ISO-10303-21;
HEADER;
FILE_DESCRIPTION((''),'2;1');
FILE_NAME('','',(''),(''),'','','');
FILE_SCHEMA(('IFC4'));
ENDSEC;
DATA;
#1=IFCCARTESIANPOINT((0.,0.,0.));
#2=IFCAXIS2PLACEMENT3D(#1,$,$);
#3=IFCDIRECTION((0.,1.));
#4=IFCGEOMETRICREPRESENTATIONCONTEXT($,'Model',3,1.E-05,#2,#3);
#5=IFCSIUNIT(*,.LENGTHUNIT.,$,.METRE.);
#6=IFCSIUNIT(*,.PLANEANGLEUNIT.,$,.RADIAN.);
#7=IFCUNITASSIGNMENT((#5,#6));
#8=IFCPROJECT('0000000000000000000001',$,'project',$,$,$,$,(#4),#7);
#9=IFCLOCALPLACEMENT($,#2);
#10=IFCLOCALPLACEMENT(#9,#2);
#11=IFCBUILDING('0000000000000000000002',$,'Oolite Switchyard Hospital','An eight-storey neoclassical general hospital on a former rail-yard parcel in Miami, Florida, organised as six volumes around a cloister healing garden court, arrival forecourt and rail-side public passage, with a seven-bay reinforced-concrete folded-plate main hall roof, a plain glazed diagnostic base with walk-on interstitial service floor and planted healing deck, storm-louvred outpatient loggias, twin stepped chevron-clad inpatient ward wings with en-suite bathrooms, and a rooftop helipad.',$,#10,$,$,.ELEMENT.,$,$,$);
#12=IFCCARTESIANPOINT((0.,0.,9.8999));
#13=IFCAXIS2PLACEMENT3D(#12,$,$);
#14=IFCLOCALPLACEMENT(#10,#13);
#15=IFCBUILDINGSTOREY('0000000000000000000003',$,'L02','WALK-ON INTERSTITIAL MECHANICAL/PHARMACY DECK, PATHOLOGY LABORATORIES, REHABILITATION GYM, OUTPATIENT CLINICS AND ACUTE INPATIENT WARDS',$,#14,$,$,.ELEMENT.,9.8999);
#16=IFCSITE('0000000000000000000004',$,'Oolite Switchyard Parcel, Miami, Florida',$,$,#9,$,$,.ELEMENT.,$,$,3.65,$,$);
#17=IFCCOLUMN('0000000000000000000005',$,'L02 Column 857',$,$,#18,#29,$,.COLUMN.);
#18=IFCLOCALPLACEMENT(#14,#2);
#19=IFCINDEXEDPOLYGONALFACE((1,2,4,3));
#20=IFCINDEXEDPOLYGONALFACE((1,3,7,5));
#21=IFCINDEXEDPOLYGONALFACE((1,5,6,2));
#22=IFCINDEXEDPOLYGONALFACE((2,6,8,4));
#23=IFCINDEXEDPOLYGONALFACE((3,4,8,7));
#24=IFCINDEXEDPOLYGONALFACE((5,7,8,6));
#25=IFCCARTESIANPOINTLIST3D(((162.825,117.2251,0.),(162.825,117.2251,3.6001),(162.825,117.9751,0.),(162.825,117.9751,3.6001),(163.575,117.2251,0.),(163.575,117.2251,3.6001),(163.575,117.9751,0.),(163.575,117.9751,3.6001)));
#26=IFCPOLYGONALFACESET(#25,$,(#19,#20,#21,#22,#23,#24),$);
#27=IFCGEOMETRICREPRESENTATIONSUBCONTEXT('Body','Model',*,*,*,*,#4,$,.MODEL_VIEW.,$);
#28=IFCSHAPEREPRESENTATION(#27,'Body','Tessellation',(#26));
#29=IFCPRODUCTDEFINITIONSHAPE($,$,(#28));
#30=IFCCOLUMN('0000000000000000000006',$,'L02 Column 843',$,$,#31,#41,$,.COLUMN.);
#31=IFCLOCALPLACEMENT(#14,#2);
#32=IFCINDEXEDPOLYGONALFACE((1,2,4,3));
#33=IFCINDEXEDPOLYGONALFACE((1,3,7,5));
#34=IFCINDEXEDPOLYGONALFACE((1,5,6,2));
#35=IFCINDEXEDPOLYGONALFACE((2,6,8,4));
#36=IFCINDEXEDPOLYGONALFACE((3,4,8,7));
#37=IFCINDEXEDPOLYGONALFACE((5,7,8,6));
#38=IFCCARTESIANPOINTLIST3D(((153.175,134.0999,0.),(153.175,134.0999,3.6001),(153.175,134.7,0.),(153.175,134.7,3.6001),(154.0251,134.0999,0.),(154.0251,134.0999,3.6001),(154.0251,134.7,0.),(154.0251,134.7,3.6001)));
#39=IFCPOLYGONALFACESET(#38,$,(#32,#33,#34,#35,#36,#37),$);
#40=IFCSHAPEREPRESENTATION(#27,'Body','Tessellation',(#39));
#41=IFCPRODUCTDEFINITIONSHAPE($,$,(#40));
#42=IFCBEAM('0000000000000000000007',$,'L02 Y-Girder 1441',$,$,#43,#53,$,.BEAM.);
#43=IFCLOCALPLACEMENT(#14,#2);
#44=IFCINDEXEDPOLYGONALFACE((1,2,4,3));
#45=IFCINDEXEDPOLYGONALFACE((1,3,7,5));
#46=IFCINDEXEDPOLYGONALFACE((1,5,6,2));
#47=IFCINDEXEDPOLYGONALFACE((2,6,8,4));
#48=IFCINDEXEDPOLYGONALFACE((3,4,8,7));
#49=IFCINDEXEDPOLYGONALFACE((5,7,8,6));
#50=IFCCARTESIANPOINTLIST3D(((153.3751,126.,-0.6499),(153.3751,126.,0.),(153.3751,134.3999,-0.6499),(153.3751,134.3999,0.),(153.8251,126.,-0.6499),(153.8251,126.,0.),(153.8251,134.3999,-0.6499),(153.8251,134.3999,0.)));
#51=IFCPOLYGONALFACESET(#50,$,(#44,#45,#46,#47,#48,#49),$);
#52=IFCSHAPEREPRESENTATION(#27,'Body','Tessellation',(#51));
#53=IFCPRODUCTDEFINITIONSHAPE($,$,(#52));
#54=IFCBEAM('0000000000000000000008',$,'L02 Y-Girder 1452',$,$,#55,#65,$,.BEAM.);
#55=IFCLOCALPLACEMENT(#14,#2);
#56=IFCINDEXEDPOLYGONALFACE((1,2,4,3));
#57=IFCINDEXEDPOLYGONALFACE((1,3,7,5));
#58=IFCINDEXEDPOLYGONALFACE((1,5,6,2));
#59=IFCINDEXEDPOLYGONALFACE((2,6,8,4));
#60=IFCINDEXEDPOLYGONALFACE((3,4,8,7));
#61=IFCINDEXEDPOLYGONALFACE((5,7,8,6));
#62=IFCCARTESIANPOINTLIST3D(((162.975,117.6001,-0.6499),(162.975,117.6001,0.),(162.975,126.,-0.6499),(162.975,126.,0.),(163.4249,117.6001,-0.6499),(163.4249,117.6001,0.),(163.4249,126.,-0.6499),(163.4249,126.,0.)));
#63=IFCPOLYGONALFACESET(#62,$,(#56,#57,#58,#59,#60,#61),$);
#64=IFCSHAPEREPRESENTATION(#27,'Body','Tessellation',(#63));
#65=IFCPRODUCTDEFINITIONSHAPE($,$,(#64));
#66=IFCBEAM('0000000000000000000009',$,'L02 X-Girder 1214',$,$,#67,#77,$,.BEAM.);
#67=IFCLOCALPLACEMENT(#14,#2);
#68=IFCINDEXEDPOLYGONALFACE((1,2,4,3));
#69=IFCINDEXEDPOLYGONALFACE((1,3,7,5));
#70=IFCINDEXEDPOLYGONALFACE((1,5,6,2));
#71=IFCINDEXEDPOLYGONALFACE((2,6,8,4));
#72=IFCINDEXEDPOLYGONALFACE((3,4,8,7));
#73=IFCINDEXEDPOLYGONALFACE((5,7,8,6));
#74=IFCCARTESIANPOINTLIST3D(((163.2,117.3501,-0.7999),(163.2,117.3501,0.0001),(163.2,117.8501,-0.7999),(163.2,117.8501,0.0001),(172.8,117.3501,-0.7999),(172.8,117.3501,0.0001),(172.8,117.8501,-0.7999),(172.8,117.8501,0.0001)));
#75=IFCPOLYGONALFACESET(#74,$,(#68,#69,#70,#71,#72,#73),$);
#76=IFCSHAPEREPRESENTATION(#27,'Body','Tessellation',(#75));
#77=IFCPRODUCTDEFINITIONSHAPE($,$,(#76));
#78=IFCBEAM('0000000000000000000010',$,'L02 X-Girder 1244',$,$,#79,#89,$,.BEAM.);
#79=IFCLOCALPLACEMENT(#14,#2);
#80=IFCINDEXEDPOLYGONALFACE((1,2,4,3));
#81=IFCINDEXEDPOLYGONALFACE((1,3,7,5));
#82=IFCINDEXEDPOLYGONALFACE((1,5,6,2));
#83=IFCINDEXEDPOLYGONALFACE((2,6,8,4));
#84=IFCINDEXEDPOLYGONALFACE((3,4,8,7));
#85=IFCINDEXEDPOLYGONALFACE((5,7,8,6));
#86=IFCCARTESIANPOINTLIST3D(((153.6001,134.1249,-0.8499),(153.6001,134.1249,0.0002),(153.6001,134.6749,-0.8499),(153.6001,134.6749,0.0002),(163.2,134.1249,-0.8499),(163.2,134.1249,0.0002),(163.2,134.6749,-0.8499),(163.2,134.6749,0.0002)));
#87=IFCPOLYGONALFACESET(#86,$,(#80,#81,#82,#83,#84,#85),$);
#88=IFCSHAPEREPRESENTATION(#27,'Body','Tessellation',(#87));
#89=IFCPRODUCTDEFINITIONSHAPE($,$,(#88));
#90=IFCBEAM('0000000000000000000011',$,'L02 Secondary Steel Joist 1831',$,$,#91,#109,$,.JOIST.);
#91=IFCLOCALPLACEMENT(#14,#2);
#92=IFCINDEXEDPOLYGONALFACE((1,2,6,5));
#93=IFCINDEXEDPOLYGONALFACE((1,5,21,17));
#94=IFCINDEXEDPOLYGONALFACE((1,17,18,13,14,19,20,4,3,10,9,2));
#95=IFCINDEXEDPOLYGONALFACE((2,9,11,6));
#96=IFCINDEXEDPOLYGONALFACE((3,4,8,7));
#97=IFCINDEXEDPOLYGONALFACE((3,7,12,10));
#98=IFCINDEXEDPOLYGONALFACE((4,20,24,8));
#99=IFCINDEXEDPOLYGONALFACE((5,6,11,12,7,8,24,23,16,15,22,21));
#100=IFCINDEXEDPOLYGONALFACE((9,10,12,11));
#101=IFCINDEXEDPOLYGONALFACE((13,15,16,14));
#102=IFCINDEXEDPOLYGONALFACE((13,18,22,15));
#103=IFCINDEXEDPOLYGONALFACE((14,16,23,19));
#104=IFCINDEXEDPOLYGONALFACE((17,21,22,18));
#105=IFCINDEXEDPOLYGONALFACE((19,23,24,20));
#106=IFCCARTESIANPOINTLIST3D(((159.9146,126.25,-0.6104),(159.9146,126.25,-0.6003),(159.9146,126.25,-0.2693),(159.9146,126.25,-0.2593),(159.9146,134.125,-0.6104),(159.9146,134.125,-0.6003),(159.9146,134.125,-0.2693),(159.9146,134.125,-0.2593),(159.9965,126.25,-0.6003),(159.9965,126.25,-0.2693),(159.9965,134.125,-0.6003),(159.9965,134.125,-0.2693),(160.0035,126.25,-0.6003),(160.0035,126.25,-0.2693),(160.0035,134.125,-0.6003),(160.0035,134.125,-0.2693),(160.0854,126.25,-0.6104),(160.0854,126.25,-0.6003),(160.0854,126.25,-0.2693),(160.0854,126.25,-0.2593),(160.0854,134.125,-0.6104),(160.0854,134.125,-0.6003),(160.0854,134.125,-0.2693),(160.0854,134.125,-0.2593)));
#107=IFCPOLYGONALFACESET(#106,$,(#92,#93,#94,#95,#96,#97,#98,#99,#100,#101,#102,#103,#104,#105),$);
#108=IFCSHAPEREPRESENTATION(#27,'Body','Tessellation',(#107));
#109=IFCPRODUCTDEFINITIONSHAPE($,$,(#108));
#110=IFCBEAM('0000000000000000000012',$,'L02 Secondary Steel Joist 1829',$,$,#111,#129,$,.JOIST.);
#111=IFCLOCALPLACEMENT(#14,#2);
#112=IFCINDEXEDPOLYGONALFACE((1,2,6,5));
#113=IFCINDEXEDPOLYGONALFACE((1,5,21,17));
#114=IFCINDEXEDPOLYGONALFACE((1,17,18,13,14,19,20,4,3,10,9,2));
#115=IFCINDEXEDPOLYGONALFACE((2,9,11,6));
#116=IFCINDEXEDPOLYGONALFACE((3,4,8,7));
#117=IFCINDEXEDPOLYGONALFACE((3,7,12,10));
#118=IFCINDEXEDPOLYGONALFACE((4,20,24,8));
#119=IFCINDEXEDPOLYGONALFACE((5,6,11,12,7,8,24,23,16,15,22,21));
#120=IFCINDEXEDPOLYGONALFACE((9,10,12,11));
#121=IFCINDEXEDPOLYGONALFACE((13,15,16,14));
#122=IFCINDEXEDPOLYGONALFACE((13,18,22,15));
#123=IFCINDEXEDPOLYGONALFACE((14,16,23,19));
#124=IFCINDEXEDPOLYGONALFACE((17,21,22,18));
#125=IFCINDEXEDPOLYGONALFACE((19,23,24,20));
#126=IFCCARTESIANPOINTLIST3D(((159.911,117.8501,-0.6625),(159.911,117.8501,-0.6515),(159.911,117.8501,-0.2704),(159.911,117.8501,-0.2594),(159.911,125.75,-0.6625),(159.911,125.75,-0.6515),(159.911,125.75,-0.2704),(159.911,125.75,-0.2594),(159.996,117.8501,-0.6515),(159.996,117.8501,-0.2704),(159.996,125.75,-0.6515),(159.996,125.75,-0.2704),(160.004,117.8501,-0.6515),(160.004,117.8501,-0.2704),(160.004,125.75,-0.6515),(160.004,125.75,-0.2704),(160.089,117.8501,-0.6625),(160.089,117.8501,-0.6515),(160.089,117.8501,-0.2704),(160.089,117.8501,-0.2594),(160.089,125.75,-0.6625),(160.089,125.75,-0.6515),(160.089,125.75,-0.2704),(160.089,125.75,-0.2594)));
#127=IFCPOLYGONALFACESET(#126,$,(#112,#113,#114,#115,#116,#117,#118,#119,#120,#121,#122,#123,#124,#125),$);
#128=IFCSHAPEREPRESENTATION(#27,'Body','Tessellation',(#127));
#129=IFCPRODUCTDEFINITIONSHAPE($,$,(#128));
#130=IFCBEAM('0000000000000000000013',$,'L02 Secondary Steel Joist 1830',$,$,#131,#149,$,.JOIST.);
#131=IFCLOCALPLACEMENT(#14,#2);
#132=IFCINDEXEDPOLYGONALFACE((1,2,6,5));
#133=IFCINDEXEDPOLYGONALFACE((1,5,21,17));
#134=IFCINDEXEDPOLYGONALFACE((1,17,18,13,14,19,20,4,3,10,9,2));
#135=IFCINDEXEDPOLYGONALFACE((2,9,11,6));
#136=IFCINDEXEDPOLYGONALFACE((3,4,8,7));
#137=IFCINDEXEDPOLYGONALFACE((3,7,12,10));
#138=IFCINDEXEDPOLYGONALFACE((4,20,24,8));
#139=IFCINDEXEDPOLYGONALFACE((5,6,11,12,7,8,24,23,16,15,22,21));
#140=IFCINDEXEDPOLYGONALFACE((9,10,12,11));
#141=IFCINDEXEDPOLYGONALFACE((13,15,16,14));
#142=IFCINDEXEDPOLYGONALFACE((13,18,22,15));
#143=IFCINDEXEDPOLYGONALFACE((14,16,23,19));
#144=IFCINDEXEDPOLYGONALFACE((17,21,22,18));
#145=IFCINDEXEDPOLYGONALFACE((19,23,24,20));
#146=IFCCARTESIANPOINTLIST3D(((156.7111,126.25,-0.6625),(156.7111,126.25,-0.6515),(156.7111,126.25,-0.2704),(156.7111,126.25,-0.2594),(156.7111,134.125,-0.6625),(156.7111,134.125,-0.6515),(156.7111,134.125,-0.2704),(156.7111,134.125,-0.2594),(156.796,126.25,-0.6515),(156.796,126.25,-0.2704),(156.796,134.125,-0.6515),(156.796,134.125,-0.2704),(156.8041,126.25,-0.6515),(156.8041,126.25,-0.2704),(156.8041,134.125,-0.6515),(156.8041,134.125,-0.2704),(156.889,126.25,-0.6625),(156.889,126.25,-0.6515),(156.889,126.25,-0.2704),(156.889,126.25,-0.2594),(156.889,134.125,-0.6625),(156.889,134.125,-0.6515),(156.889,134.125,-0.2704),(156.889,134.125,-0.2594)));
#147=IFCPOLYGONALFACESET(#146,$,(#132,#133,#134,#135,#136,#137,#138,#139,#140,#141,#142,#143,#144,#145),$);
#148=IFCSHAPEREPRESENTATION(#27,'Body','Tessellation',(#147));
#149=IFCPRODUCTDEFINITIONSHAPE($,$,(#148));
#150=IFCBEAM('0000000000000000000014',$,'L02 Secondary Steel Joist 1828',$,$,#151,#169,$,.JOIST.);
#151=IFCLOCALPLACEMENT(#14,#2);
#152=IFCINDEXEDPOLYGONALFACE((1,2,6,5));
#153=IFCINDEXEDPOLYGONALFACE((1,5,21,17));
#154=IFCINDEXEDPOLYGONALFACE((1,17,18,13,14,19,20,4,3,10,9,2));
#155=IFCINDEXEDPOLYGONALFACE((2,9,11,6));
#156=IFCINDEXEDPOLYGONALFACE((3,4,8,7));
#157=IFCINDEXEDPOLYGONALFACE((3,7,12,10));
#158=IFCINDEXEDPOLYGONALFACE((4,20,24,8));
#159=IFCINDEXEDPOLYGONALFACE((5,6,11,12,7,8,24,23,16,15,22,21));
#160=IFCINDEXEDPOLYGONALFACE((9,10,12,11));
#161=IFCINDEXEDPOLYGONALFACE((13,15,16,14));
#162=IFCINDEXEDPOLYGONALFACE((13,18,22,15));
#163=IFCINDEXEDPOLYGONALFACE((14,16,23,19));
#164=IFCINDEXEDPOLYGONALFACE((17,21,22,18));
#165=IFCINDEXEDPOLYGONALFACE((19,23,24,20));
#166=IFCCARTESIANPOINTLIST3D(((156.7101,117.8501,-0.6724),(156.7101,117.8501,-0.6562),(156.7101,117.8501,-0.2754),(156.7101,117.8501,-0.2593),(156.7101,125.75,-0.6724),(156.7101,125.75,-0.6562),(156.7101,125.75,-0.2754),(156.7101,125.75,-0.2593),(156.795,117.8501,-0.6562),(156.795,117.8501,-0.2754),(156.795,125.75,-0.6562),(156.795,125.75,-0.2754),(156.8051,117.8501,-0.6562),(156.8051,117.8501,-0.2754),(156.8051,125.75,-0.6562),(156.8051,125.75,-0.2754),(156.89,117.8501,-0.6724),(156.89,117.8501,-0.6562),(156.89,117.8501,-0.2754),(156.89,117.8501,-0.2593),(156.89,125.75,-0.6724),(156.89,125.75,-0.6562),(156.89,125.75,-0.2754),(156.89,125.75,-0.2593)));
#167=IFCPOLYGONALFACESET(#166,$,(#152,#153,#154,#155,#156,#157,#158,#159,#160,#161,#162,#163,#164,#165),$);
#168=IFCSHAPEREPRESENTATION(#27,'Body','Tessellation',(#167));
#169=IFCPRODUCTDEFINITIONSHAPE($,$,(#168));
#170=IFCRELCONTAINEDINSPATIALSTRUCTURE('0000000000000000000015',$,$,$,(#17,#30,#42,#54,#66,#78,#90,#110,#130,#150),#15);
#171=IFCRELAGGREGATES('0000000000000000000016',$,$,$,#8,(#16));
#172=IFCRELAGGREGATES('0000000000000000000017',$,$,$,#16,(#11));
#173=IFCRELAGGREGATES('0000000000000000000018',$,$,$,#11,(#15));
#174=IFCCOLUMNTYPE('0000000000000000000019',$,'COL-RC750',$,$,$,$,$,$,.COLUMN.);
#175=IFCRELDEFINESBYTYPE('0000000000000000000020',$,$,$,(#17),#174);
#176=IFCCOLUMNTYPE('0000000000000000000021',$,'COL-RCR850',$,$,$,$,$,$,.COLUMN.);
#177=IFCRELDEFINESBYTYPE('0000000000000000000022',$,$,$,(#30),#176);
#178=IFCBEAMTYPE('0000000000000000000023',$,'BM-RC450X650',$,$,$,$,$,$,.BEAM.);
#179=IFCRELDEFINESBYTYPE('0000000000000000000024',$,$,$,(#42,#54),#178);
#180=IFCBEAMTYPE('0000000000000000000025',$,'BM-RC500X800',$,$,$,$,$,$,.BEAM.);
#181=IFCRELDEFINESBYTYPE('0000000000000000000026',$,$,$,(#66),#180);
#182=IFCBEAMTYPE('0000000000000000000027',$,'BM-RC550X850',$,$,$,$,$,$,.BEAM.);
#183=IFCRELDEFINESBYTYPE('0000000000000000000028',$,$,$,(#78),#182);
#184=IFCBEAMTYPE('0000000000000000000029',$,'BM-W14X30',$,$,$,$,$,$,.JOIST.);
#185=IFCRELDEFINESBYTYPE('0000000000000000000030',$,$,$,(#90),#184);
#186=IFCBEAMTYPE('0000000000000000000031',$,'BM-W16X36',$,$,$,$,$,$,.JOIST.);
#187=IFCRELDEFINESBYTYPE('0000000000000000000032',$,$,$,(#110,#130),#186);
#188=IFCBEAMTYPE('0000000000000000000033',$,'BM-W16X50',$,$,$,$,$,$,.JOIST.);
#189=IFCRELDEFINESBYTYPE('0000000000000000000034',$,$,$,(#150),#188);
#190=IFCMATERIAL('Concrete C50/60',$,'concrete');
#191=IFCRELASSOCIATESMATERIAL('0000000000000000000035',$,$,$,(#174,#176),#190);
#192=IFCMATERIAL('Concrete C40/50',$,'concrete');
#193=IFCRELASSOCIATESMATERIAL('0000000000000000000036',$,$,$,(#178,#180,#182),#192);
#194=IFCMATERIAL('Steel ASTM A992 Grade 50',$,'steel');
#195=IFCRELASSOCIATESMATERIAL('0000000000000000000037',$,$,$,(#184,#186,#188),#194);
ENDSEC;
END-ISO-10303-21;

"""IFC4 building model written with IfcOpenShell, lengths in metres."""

from ifc_helpers import new_model, si_unit, direction, frame, origin, origin_2d, place, context, subcontext, project, spatial, rectangle, i_section, extrude, material, material_profile, profile_set, type_object, element, save


model = new_model("IFC4")

# Units and contexts
model_context = context("Model", 3, precision=1e-05, world=origin(), true_north=direction((0.0, 1.0)))
body_context = subcontext(model_context, "Body", "Model", "MODEL_VIEW")
ifc_project = project(units=[si_unit("LENGTHUNIT", "METRE"), si_unit("PLANEANGLEUNIT", "RADIAN")], contexts=[model_context])

# Site, building, storey
site_placement = place(None, origin())
site = spatial("IfcSite", under=ifc_project, at=site_placement, Name="Oolite Switchyard Parcel, Miami, Florida", CompositionType="ELEMENT", RefElevation=3.65)
building_placement = place(site_placement, origin())
building = spatial("IfcBuilding", under=site, at=building_placement, Name="Oolite Switchyard Hospital", Description="An eight-storey neoclassical general hospital on a former rail-yard parcel in Miami, Florida, organised as six volumes around a cloister healing garden court, arrival forecourt and rail-side public passage, with a seven-bay reinforced-concrete folded-plate main hall roof, a plain glazed diagnostic base with walk-on interstitial service floor and planted healing deck, storm-louvred outpatient loggias, twin stepped chevron-clad inpatient ward wings with en-suite bathrooms, and a rooftop helipad.", CompositionType="ELEMENT")
storey_placement = place(building_placement, frame((0.0, 0.0, 9.8999)))
storey = spatial("IfcBuildingStorey", under=building, at=storey_placement, Name="L02", Description="WALK-ON INTERSTITIAL MECHANICAL/PHARMACY DECK, PATHOLOGY LABORATORIES, REHABILITATION GYM, OUTPATIENT CLINICS AND ACUTE INPATIENT WARDS", CompositionType="ELEMENT", Elevation=9.8999)

# Columns
ifc_material_1 = material(Name="Concrete C50/60", Category="concrete")
ifc_material_profile_1 = material_profile(ifc_material_1, rectangle(XDim=0.75, YDim=0.75, at=origin_2d()), Name="RC750X750")
ifc_profile_set_1 = profile_set([ifc_material_profile_1], Name="Concrete C50/60")
column_type_1 = type_object("IfcColumnType", Name="COL-RC750", PredefinedType="COLUMN", material=ifc_profile_set_1)
column_1_placement = place(storey_placement, frame((163.2, 117.6001, 0.0), z_axis=(0.0, 0.0, 1.0), x_axis=(1.0, 0.0, 0.0)))
element("IfcColumn", 1, at=column_1_placement, inside=storey, type_object=column_type_1, Name="L02 Column 857", PredefinedType="COLUMN", context=body_context, shape_type="SweptSolid", body=[
    extrude(rectangle(XDim=0.75, YDim=0.75, at=origin_2d()), origin(), (0.0, 0.0, 1.0), 3.6001),
])
ifc_material_profile_2 = material_profile(ifc_material_1, rectangle(XDim=0.8501, YDim=0.6001, at=origin_2d()), Name="RC850X600")
ifc_profile_set_2 = profile_set([ifc_material_profile_2], Name="Concrete C50/60")
column_type_2 = type_object("IfcColumnType", Name="COL-RCR850", PredefinedType="COLUMN", material=ifc_profile_set_2)
column_2_placement = place(storey_placement, frame((153.6001, 134.3999, 0.0), z_axis=(0.0, 0.0, 1.0), x_axis=(1.0, 0.0, 0.0)))
element("IfcColumn", 2, at=column_2_placement, inside=storey, type_object=column_type_2, Name="L02 Column 843", PredefinedType="COLUMN", context=body_context, shape_type="SweptSolid", body=[
    extrude(rectangle(XDim=0.8501, YDim=0.6001, at=origin_2d()), origin(), (0.0, 0.0, 1.0), 3.6001),
])

# Beams
ifc_material_2 = material(Name="Concrete C40/50", Category="concrete")
ifc_material_profile_3 = material_profile(ifc_material_2, rectangle(XDim=0.45, YDim=0.6499, at=origin_2d()), Name="RCB450X650")
ifc_profile_set_3 = profile_set([ifc_material_profile_3], Name="Concrete C40/50")
beam_type_1 = type_object("IfcBeamType", Name="BM-RC450X650", PredefinedType="BEAM", material=ifc_profile_set_3)
for number, where, z_axis, x_axis, name in (
    (3, (153.6001, 126.0, -0.325), (0.0, 1.0, 0.0), (-1.0, 0.0, 0.0), "L02 Y-Girder 1441"),
    (4, (163.2, 117.6001, -0.325), (0.0, 1.0, 0.0), (-1.0, 0.0, 0.0), "L02 Y-Girder 1452"),
):
    element("IfcBeam", number, at=place(storey_placement, frame(where, z_axis=z_axis, x_axis=x_axis)), inside=storey, type_object=beam_type_1, Name=name, PredefinedType="BEAM", context=body_context, shape_type="SweptSolid", body=[
        extrude(rectangle(XDim=0.45, YDim=0.6499, at=origin_2d()), origin(), (0.0, 0.0, 1.0), 8.3999),
    ])
ifc_material_profile_4 = material_profile(ifc_material_2, rectangle(XDim=0.5, YDim=0.8, at=origin_2d()), Name="RCB500X800")
ifc_profile_set_4 = profile_set([ifc_material_profile_4], Name="Concrete C40/50")
beam_type_2 = type_object("IfcBeamType", Name="BM-RC500X800", PredefinedType="BEAM", material=ifc_profile_set_4)
beam_1_placement = place(storey_placement, frame((163.2, 117.6001, -0.3999), z_axis=(1.0, 0.0, 0.0), x_axis=(0.0, 1.0, 0.0)))
element("IfcBeam", 5, at=beam_1_placement, inside=storey, type_object=beam_type_2, Name="L02 X-Girder 1214", PredefinedType="BEAM", context=body_context, shape_type="SweptSolid", body=[
    extrude(rectangle(XDim=0.5, YDim=0.8, at=origin_2d()), origin(), (0.0, 0.0, 1.0), 9.6001),
])
ifc_material_profile_5 = material_profile(ifc_material_2, rectangle(XDim=0.55, YDim=0.8501, at=origin_2d()), Name="RCB550X850")
ifc_profile_set_5 = profile_set([ifc_material_profile_5], Name="Concrete C40/50")
beam_type_3 = type_object("IfcBeamType", Name="BM-RC550X850", PredefinedType="BEAM", material=ifc_profile_set_5)
beam_2_placement = place(storey_placement, frame((153.6001, 134.3999, -0.4248), z_axis=(1.0, 0.0, 0.0), x_axis=(0.0, 1.0, 0.0)))
element("IfcBeam", 6, at=beam_2_placement, inside=storey, type_object=beam_type_3, Name="L02 X-Girder 1244", PredefinedType="BEAM", context=body_context, shape_type="SweptSolid", body=[
    extrude(rectangle(XDim=0.55, YDim=0.8501, at=origin_2d()), origin(), (0.0, 0.0, 1.0), 9.5999),
])
ifc_material_3 = material(Name="Steel ASTM A992 Grade 50", Category="steel")
ifc_material_profile_6 = material_profile(ifc_material_3, i_section(OverallWidth=0.1709, OverallDepth=0.3511, WebThickness=0.0071, FlangeThickness=0.01, at=origin_2d()), Name="W14X30")
ifc_profile_set_6 = profile_set([ifc_material_profile_6], Name="Steel ASTM A992 Grade 50")
beam_type_4 = type_object("IfcBeamType", Name="BM-W14X30", PredefinedType="JOIST", material=ifc_profile_set_6)
beam_3_placement = place(storey_placement, frame((160.0, 126.25, -0.4348), z_axis=(0.0, 1.0, 0.0), x_axis=(-1.0, 0.0, 0.0)))
element("IfcBeam", 7, at=beam_3_placement, inside=storey, type_object=beam_type_4, Name="L02 Secondary Steel Joist 1831", PredefinedType="JOIST", context=body_context, shape_type="SweptSolid", body=[
    extrude(i_section(OverallWidth=0.1709, OverallDepth=0.3511, WebThickness=0.0071, FlangeThickness=0.01, at=origin_2d()), origin(), (0.0, 0.0, 1.0), 7.875),
])
ifc_material_profile_7 = material_profile(ifc_material_3, i_section(OverallWidth=0.178, OverallDepth=0.4031, WebThickness=0.0081, FlangeThickness=0.011, at=origin_2d()), Name="W16X36")
ifc_profile_set_7 = profile_set([ifc_material_profile_7], Name="Steel ASTM A992 Grade 50")
beam_type_5 = type_object("IfcBeamType", Name="BM-W16X36", PredefinedType="JOIST", material=ifc_profile_set_7)
beam_4_placement = place(storey_placement, frame((160.0, 117.8501, -0.4609), z_axis=(0.0, 1.0, 0.0), x_axis=(-1.0, 0.0, 0.0)))
element("IfcBeam", 8, at=beam_4_placement, inside=storey, type_object=beam_type_5, Name="L02 Secondary Steel Joist 1829", PredefinedType="JOIST", context=body_context, shape_type="SweptSolid", body=[
    extrude(i_section(OverallWidth=0.178, OverallDepth=0.4031, WebThickness=0.0081, FlangeThickness=0.011, at=origin_2d()), origin(), (0.0, 0.0, 1.0), 7.8999),
])
beam_5_placement = place(storey_placement, frame((156.8, 126.25, -0.4609), z_axis=(0.0, 1.0, 0.0), x_axis=(-1.0, 0.0, 0.0)))
element("IfcBeam", 9, at=beam_5_placement, inside=storey, type_object=beam_type_5, Name="L02 Secondary Steel Joist 1830", PredefinedType="JOIST", context=body_context, shape_type="SweptSolid", body=[
    extrude(i_section(OverallWidth=0.178, OverallDepth=0.4031, WebThickness=0.0081, FlangeThickness=0.011, at=origin_2d()), origin(), (0.0, 0.0, 1.0), 7.875),
])
ifc_material_profile_8 = material_profile(ifc_material_3, i_section(OverallWidth=0.1799, OverallDepth=0.4131, WebThickness=0.01, FlangeThickness=0.0161, at=origin_2d()), Name="W16X50")
ifc_profile_set_8 = profile_set([ifc_material_profile_8], Name="Steel ASTM A992 Grade 50")
beam_type_6 = type_object("IfcBeamType", Name="BM-W16X50", PredefinedType="JOIST", material=ifc_profile_set_8)
beam_6_placement = place(storey_placement, frame((156.8, 117.8501, -0.4658), z_axis=(0.0, 1.0, 0.0), x_axis=(-1.0, 0.0, 0.0)))
element("IfcBeam", 10, at=beam_6_placement, inside=storey, type_object=beam_type_6, Name="L02 Secondary Steel Joist 1828", PredefinedType="JOIST", context=body_context, shape_type="SweptSolid", body=[
    extrude(i_section(OverallWidth=0.1799, OverallDepth=0.4131, WebThickness=0.01, FlangeThickness=0.0161, at=origin_2d()), origin(), (0.0, 0.0, 1.0), 7.8999),
])

save(model, "model.ifc")
